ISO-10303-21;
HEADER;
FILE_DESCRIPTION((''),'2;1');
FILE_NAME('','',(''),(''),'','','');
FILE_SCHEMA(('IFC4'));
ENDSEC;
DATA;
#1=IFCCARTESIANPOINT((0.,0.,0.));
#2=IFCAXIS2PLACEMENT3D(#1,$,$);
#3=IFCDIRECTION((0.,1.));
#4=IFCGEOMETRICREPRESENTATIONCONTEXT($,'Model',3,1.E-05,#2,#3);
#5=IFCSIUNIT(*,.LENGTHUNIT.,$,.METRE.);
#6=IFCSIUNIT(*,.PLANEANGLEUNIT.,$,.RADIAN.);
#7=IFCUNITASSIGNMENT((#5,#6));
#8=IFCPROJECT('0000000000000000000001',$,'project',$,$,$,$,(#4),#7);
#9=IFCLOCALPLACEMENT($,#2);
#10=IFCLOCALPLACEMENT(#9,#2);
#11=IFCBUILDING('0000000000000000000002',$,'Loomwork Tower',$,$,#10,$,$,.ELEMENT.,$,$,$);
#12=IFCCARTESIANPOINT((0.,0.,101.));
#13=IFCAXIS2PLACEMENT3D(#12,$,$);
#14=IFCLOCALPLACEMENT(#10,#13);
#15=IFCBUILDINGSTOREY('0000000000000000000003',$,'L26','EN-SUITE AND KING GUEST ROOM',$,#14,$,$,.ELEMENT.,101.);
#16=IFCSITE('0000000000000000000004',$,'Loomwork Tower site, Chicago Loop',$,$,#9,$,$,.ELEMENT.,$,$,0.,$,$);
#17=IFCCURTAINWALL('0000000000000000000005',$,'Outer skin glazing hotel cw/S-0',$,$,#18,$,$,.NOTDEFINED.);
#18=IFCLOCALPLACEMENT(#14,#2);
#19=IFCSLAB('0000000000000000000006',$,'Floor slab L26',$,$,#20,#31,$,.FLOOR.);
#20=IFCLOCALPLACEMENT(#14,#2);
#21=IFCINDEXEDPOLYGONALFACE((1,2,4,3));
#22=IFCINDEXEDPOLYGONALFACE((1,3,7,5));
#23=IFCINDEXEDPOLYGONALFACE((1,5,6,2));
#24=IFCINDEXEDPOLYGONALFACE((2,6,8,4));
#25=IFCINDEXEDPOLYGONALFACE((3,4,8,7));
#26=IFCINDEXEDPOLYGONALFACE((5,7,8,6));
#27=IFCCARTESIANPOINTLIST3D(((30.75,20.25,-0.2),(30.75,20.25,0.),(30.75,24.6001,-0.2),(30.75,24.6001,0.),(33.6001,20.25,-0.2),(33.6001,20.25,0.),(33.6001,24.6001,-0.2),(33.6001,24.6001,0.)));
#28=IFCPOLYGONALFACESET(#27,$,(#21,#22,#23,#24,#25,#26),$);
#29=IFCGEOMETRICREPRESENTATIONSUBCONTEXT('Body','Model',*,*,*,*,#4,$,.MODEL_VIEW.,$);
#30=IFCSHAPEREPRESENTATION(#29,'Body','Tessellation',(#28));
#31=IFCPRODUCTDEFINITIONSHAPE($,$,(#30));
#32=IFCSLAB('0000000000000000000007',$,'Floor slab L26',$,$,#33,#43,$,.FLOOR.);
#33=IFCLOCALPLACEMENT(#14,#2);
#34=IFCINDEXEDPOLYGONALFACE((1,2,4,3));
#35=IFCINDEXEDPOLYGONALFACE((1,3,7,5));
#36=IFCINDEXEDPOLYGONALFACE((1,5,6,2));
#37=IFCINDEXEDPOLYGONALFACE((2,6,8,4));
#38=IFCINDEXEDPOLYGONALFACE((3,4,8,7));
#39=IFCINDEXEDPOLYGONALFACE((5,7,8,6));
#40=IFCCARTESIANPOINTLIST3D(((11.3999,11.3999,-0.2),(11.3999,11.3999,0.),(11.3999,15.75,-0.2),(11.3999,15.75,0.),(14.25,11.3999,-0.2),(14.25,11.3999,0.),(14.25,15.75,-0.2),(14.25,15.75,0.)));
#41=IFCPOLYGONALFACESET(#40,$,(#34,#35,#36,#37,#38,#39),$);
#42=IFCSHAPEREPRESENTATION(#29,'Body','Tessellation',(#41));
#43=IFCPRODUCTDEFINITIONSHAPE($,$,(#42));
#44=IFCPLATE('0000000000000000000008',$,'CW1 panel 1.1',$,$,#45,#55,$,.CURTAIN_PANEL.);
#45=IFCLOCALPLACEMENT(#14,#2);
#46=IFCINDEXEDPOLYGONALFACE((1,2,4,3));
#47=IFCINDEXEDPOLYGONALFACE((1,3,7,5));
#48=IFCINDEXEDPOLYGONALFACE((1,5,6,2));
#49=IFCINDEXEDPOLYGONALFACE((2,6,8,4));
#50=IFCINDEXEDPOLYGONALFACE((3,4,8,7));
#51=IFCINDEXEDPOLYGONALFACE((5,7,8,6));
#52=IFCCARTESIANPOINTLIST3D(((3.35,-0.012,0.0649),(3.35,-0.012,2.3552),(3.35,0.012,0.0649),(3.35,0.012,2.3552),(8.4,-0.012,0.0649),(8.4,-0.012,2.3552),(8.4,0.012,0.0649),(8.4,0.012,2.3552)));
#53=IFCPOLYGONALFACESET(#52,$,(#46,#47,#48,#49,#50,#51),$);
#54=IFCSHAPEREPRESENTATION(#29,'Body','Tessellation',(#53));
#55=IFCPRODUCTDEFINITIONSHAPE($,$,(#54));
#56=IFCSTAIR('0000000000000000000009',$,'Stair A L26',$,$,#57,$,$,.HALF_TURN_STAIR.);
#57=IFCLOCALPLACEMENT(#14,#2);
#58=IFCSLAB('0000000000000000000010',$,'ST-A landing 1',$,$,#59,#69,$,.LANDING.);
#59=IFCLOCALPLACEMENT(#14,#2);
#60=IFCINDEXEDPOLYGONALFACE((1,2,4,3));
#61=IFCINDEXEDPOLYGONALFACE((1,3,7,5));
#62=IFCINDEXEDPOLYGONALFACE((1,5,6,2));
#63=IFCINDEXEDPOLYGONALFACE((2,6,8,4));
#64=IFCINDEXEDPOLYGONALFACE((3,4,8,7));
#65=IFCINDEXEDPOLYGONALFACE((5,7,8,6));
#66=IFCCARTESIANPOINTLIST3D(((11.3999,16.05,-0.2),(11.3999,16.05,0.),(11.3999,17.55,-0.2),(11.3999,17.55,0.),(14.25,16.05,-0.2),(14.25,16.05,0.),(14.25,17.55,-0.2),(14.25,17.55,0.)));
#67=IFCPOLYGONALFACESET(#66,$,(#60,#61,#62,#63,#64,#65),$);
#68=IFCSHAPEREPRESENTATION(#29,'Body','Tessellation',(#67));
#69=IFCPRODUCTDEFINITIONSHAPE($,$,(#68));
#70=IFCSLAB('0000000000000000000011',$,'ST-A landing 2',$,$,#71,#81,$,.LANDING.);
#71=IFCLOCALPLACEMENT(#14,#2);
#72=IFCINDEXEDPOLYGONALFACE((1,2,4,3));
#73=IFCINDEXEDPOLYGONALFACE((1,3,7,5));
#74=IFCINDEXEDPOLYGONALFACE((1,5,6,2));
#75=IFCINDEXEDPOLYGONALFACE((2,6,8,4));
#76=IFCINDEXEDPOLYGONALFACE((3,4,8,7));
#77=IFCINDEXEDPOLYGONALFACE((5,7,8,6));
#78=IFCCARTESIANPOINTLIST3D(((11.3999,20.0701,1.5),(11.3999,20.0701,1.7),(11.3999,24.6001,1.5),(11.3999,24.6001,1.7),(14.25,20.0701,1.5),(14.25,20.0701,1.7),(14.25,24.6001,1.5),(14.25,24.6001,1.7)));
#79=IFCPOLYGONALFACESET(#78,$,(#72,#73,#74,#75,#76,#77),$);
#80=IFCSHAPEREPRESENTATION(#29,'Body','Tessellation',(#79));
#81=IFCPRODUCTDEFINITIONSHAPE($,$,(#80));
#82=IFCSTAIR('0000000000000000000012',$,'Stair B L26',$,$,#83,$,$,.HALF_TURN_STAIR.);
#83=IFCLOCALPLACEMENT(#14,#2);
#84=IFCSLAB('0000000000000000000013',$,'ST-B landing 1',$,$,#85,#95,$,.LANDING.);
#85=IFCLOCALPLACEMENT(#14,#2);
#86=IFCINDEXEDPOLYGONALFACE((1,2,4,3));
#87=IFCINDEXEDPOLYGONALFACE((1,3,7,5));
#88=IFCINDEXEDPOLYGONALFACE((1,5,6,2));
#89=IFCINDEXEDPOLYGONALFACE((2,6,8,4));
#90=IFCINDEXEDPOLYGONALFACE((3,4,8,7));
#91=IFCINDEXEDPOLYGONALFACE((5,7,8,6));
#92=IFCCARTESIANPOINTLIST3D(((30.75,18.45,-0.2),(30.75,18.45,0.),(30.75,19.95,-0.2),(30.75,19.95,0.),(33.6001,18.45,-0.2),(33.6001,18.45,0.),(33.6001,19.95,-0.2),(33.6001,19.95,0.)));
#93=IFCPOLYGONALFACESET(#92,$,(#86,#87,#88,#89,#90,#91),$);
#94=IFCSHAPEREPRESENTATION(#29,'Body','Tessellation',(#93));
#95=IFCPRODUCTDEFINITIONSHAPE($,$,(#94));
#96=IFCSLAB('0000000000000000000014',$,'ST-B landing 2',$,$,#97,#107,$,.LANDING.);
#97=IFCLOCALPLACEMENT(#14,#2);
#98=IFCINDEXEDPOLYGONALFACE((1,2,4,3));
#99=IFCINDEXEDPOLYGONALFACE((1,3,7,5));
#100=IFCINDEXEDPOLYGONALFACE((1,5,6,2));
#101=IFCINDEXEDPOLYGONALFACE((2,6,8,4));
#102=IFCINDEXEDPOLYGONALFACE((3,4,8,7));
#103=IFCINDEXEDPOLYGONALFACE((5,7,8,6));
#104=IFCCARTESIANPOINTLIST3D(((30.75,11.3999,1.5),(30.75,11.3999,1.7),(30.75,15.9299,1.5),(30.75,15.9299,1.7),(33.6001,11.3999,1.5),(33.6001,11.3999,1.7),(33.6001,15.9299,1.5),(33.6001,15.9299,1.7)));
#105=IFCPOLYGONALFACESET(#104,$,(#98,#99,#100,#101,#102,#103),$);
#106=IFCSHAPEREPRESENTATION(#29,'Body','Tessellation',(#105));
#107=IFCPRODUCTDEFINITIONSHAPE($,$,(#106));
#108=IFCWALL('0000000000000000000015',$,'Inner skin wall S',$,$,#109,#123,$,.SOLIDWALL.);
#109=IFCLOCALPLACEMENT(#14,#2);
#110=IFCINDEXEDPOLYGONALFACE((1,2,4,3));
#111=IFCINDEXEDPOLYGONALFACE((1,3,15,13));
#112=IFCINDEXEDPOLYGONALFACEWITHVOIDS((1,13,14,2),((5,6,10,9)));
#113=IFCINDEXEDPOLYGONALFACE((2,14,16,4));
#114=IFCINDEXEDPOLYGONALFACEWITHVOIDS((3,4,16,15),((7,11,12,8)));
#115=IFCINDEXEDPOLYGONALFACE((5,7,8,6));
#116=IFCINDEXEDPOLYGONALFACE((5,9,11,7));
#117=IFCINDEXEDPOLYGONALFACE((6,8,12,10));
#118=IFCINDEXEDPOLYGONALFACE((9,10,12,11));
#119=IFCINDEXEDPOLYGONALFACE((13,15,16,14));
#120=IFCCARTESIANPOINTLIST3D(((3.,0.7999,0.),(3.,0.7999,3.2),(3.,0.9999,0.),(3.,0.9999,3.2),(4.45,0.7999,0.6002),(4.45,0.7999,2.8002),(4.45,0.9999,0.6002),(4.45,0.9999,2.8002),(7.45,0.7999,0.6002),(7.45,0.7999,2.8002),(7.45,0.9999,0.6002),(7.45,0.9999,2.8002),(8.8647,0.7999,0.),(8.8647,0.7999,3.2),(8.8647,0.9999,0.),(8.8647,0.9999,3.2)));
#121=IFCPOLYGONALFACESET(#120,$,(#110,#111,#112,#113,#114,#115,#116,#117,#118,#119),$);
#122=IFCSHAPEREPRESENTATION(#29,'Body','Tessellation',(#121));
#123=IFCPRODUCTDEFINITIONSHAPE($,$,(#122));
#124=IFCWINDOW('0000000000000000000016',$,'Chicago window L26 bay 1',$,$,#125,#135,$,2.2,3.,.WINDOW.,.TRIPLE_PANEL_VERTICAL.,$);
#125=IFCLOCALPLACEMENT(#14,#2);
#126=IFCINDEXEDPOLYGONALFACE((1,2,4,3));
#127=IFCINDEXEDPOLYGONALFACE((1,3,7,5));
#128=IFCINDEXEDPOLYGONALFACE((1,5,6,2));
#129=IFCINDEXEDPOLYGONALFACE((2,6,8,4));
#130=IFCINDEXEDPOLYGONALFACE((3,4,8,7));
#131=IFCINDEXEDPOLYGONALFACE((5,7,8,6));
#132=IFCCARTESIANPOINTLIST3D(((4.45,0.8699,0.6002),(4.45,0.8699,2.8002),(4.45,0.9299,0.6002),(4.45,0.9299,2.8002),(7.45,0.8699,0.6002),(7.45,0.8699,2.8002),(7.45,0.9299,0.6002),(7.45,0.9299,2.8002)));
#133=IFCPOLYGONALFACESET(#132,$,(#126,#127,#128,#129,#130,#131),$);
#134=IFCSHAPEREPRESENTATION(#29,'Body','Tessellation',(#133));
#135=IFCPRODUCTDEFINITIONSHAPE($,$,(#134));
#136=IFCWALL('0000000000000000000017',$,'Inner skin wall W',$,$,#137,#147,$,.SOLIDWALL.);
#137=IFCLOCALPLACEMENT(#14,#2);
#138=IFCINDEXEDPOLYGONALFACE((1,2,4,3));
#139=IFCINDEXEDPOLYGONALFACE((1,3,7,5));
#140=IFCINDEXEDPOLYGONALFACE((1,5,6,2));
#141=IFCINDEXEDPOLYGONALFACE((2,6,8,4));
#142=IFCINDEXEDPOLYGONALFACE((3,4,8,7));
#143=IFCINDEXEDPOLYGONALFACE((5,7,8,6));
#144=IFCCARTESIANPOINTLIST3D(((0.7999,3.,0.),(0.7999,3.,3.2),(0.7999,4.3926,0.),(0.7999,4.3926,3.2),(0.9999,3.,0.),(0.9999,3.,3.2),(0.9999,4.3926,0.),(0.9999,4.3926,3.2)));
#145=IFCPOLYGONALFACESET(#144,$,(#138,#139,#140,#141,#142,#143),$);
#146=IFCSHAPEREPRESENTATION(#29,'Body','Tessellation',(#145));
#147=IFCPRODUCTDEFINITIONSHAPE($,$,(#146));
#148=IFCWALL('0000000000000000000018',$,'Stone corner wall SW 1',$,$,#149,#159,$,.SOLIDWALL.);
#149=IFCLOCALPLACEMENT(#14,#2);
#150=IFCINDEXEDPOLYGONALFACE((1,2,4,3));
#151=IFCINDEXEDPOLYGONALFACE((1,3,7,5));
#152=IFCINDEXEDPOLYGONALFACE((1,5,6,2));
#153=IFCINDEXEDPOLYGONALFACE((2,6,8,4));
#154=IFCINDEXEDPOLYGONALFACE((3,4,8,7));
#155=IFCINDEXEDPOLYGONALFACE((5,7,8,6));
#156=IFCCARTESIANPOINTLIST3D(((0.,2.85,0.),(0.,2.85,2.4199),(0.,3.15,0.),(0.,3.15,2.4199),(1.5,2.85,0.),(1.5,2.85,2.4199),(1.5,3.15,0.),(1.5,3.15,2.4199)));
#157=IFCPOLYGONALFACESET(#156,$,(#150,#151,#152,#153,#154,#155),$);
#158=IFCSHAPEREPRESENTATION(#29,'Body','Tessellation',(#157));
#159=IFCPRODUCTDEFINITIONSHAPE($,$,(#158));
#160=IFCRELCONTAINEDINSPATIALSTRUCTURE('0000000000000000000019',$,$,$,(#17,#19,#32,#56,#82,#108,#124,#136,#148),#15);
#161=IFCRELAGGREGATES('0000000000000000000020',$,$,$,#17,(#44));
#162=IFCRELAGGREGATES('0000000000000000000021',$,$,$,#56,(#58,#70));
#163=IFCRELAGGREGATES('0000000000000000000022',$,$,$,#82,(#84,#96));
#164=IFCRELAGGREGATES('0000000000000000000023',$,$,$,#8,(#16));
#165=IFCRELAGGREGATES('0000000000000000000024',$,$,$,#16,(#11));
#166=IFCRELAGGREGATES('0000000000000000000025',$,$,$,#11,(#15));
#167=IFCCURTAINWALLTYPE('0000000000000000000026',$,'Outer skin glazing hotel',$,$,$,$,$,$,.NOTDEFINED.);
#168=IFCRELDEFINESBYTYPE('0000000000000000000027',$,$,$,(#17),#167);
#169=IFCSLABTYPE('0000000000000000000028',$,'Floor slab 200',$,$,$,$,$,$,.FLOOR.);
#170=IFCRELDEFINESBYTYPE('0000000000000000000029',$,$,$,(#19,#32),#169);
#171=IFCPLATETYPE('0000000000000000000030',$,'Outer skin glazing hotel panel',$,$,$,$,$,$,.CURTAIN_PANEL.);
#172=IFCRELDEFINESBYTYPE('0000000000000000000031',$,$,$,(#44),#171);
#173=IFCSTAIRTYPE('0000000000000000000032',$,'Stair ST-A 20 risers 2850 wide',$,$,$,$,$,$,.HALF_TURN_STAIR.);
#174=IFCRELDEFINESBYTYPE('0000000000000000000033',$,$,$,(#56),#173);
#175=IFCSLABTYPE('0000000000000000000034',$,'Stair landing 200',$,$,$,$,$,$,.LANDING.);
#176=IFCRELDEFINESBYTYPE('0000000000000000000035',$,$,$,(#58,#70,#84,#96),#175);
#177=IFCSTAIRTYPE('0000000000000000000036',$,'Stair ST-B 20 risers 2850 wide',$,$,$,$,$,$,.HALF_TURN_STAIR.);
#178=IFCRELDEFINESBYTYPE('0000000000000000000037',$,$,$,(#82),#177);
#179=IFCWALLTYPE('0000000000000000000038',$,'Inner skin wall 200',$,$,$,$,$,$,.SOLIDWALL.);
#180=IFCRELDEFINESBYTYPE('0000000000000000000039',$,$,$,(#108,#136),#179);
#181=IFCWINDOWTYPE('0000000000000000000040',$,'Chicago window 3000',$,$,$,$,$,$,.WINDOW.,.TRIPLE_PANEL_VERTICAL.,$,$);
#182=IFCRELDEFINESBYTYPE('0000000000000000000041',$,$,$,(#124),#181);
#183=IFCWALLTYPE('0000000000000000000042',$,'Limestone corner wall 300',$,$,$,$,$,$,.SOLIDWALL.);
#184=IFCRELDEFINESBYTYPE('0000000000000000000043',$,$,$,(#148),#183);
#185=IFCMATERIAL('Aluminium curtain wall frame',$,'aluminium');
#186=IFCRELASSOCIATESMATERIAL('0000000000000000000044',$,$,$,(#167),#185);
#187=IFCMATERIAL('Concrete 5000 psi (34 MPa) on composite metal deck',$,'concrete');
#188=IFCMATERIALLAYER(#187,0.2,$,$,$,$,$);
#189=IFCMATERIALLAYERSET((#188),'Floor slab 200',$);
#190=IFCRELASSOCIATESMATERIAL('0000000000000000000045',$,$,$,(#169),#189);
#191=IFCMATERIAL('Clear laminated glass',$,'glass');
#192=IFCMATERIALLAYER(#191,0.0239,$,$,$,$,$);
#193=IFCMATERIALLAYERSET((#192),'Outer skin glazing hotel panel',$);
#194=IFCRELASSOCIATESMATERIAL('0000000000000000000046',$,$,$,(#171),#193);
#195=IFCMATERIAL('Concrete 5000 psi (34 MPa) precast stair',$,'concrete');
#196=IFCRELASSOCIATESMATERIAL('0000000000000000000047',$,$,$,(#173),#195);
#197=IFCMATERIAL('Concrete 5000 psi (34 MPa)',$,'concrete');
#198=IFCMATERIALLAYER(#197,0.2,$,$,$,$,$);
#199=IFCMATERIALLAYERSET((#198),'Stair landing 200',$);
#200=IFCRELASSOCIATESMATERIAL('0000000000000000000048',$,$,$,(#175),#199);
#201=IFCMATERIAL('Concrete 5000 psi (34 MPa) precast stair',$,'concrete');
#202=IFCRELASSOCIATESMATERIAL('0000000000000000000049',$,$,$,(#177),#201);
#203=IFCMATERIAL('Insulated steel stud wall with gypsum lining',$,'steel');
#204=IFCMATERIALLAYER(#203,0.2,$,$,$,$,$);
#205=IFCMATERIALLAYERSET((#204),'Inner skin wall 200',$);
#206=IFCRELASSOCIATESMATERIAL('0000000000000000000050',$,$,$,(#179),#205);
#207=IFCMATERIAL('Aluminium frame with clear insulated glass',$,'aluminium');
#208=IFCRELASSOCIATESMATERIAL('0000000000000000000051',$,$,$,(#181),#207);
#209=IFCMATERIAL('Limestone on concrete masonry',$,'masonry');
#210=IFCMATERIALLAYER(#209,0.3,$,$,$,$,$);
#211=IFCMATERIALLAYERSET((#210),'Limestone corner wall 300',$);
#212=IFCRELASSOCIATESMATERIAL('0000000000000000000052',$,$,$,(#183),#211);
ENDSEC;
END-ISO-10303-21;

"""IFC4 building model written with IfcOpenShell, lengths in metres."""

from ifc_helpers import new_model, si_unit, direction, frame, frame_2d, origin, origin_2d, place, context, subcontext, project, spatial, polyline, rectangle, outline, extrude, material, layer, layer_set, type_object, element, fill, aggregate, save


model = new_model("IFC4")

# Units and contexts
model_context = context("Model", 3, precision=1e-05, world=origin(), true_north=direction((0.0, 1.0)))
body_context = subcontext(model_context, "Body", "Model", "MODEL_VIEW")
ifc_project = project(units=[si_unit("LENGTHUNIT", "METRE"), si_unit("PLANEANGLEUNIT", "RADIAN")], contexts=[model_context])

# Site, building, storey
site_placement = place(None, origin())
site = spatial("IfcSite", under=ifc_project, at=site_placement, Name="Loomwork Tower site, Chicago Loop", CompositionType="ELEMENT", RefElevation=0.0)
building_placement = place(site_placement, origin())
building = spatial("IfcBuilding", under=site, at=building_placement, Name="Loomwork Tower", CompositionType="ELEMENT")
storey_placement = place(building_placement, frame((0.0, 0.0, 101.0)))
storey = spatial("IfcBuildingStorey", under=building, at=storey_placement, Name="L26", Description="EN-SUITE AND KING GUEST ROOM", CompositionType="ELEMENT", Elevation=101.0)

# Curtain wall
ifc_material_1 = material(Name="Aluminium curtain wall frame", Category="aluminium")
curtain_wall_type = type_object("IfcCurtainWallType", Name="Outer skin glazing hotel", PredefinedType="NOTDEFINED", material=ifc_material_1)
curtain_wall_1_placement = place(storey_placement, origin())
curtain_wall_1 = element("IfcCurtainWall", 1, at=curtain_wall_1_placement, inside=storey, type_object=curtain_wall_type, Name="Outer skin glazing hotel cw/S-0", PredefinedType="NOTDEFINED")

# Slabs
ifc_material_2 = material(Name="Concrete 5000 psi (34 MPa) on composite metal deck", Category="concrete")
ifc_layer_1 = layer(ifc_material_2, 0.2)
ifc_layer_set_1 = layer_set([ifc_layer_1], Name="Floor slab 200")
slab_type_1 = type_object("IfcSlabType", Name="Floor slab 200", PredefinedType="FLOOR", material=ifc_layer_set_1)
slab_1_placement = place(storey_placement, frame((0.0, 0.0, -0.2)))
element("IfcSlab", 2, at=slab_1_placement, inside=storey, type_object=slab_type_1, Name="Floor slab L26", PredefinedType="FLOOR", context=body_context, shape_type="SweptSolid", body=[
    extrude(outline(polyline([(33.6001, 20.25), (30.75, 20.25), (30.75, 24.6001), (33.6001, 24.6001), (33.6001, 20.25)])), origin(), (0.0, 0.0, 1.0), 0.2),
])
slab_2_placement = place(storey_placement, frame((0.0, 0.0, -0.2)))
element("IfcSlab", 3, at=slab_2_placement, inside=storey, type_object=slab_type_1, Name="Floor slab L26", PredefinedType="FLOOR", context=body_context, shape_type="SweptSolid", body=[
    extrude(outline(polyline([(14.25, 15.75), (14.25, 11.3999), (11.3999, 11.3999), (11.3999, 15.75), (14.25, 15.75)])), origin(), (0.0, 0.0, 1.0), 0.2),
])

# Plate
ifc_material_3 = material(Name="Clear laminated glass", Category="glass")
ifc_layer_2 = layer(ifc_material_3, 0.0239)
ifc_layer_set_2 = layer_set([ifc_layer_2], Name="Outer skin glazing hotel panel")
plate_type = type_object("IfcPlateType", Name="Outer skin glazing hotel panel", PredefinedType="CURTAIN_PANEL", material=ifc_layer_set_2)
plate_placement = place(storey_placement, frame((5.875, 0.0, 0.0649), z_axis=(0.0, 0.0, 1.0), x_axis=(1.0, 0.0, 0.0)))
plate = element("IfcPlate", 4, at=plate_placement, type_object=plate_type, Name="CW1 panel 1.1", PredefinedType="CURTAIN_PANEL", context=body_context, shape_type="SweptSolid", body=[
    extrude(rectangle(XDim=5.05, YDim=0.0239, at=origin_2d()), origin(), (0.0, 0.0, 1.0), 2.2903),
])
aggregate(curtain_wall_1, [plate])

# Stairs, slabs
ifc_material_4 = material(Name="Concrete 5000 psi (34 MPa) precast stair", Category="concrete")
stair_type_1 = type_object("IfcStairType", Name="Stair ST-A 20 risers 2850 wide", PredefinedType="HALF_TURN_STAIR", material=ifc_material_4)
stair_1_placement = place(storey_placement, origin())
stair_1 = element("IfcStair", 5, at=stair_1_placement, inside=storey, type_object=stair_type_1, Name="Stair A L26", PredefinedType="HALF_TURN_STAIR")
ifc_material_5 = material(Name="Concrete 5000 psi (34 MPa)", Category="concrete")
ifc_layer_3 = layer(ifc_material_5, 0.2)
ifc_layer_set_3 = layer_set([ifc_layer_3], Name="Stair landing 200")
slab_type_2 = type_object("IfcSlabType", Name="Stair landing 200", PredefinedType="LANDING", material=ifc_layer_set_3)
slab_3_placement = place(storey_placement, frame((0.0, 0.0, -0.2)))
slab_3 = element("IfcSlab", 6, at=slab_3_placement, type_object=slab_type_2, Name="ST-A landing 1", PredefinedType="LANDING", context=body_context, shape_type="SweptSolid", body=[
    extrude(outline(polyline([(11.3999, 16.05), (14.25, 16.05), (14.25, 17.55), (11.3999, 17.55), (11.3999, 16.05)])), origin(), (0.0, 0.0, 1.0), 0.2),
])
slab_4_placement = place(storey_placement, frame((0.0, 0.0, 1.5)))
slab_4 = element("IfcSlab", 7, at=slab_4_placement, type_object=slab_type_2, Name="ST-A landing 2", PredefinedType="LANDING", context=body_context, shape_type="SweptSolid", body=[
    extrude(outline(polyline([(11.3999, 20.0701), (14.25, 20.0701), (14.25, 24.6001), (11.3999, 24.6001), (11.3999, 20.0701)])), origin(), (0.0, 0.0, 1.0), 0.2),
])
aggregate(stair_1, [slab_3, slab_4])
ifc_material_6 = material(Name="Concrete 5000 psi (34 MPa) precast stair", Category="concrete")
stair_type_2 = type_object("IfcStairType", Name="Stair ST-B 20 risers 2850 wide", PredefinedType="HALF_TURN_STAIR", material=ifc_material_6)
stair_2_placement = place(storey_placement, origin())
stair_2 = element("IfcStair", 8, at=stair_2_placement, inside=storey, type_object=stair_type_2, Name="Stair B L26", PredefinedType="HALF_TURN_STAIR")
slab_5_placement = place(storey_placement, frame((0.0, 0.0, -0.2)))
slab_5 = element("IfcSlab", 9, at=slab_5_placement, type_object=slab_type_2, Name="ST-B landing 1", PredefinedType="LANDING", context=body_context, shape_type="SweptSolid", body=[
    extrude(outline(polyline([(30.75, 18.45), (33.6001, 18.45), (33.6001, 19.95), (30.75, 19.95), (30.75, 18.45)])), origin(), (0.0, 0.0, 1.0), 0.2),
])
slab_6_placement = place(storey_placement, frame((0.0, 0.0, 1.5)))
slab_6 = element("IfcSlab", 10, at=slab_6_placement, type_object=slab_type_2, Name="ST-B landing 2", PredefinedType="LANDING", context=body_context, shape_type="SweptSolid", body=[
    extrude(outline(polyline([(30.75, 11.3999), (33.6001, 11.3999), (33.6001, 15.9299), (30.75, 15.9299), (30.75, 11.3999)])), origin(), (0.0, 0.0, 1.0), 0.2),
])
aggregate(stair_2, [slab_5, slab_6])

# Wall, opening, window
ifc_material_7 = material(Name="Insulated steel stud wall with gypsum lining", Category="steel")
ifc_layer_4 = layer(ifc_material_7, 0.2)
ifc_layer_set_4 = layer_set([ifc_layer_4], Name="Inner skin wall 200")
wall_type_1 = type_object("IfcWallType", Name="Inner skin wall 200", PredefinedType="SOLIDWALL", material=ifc_layer_set_4)
wall_1_placement = place(storey_placement, frame((3.0, 0.8999, 0.0), z_axis=(0.0, 0.0, 1.0), x_axis=(1.0, 0.0, 0.0)))
wall_1 = element("IfcWall", 11, at=wall_1_placement, inside=storey, type_object=wall_type_1, Name="Inner skin wall S", PredefinedType="SOLIDWALL", context=body_context, shape_type="SweptSolid", body=[
    extrude(rectangle(XDim=5.8647, YDim=0.2, at=frame_2d((2.9324, 0.0))), origin(), (0.0, 0.0, 1.0), 3.2),
])
opening_1_placement = place(wall_1_placement, frame((1.45, 0.0, 0.6001)))
opening_1 = element("IfcOpeningElement", 12, at=opening_1_placement, cuts=wall_1, PredefinedType="OPENING", context=body_context, shape_type="SweptSolid", body=[
    extrude(rectangle(XDim=3.0, YDim=2.2, at=frame_2d((1.5, 1.1001))), frame((0.0, 0.1099, 0.0), z_axis=(0.0, -1.0, 0.0), x_axis=(1.0, 0.0, 0.0)), (0.0, 0.0, 1.0), 0.22),
])
ifc_material_8 = material(Name="Aluminium frame with clear insulated glass", Category="aluminium")
window_type_1 = type_object("IfcWindowType", Name="Chicago window 3000", PartitioningType="TRIPLE_PANEL_VERTICAL", PredefinedType="WINDOW", material=ifc_material_8)
window_1_placement = place(opening_1_placement, origin())
window_1 = element("IfcWindow", 13, at=window_1_placement, inside=storey, type_object=window_type_1, Name="Chicago window L26 bay 1", OverallHeight=2.2, OverallWidth=3.0, PartitioningType="TRIPLE_PANEL_VERTICAL", PredefinedType="WINDOW", context=body_context, shape_type="SweptSolid", body=[
    extrude(rectangle(XDim=3.0, YDim=2.2, at=frame_2d((1.5, 1.1001))), frame((0.0, 0.03, 0.0), z_axis=(0.0, -1.0, 0.0), x_axis=(1.0, 0.0, 0.0)), (0.0, 0.0, 1.0), 0.0601),
])
fill(opening_1, window_1)

# Walls
wall_2_placement = place(storey_placement, frame((0.8999, 3.0, 0.0), z_axis=(0.0, 0.0, 1.0), x_axis=(0.0, 1.0, 0.0)))
element("IfcWall", 14, at=wall_2_placement, inside=storey, type_object=wall_type_1, Name="Inner skin wall W", PredefinedType="SOLIDWALL", context=body_context, shape_type="SweptSolid", body=[
    extrude(rectangle(XDim=1.3926, YDim=0.2, at=frame_2d((0.6963, 0.0))), origin(), (0.0, 0.0, 1.0), 3.2),
])
ifc_material_9 = material(Name="Limestone on concrete masonry", Category="masonry")
ifc_layer_5 = layer(ifc_material_9, 0.3)
ifc_layer_set_5 = layer_set([ifc_layer_5], Name="Limestone corner wall 300")
wall_type_2 = type_object("IfcWallType", Name="Limestone corner wall 300", PredefinedType="SOLIDWALL", material=ifc_layer_set_5)
wall_3_placement = place(storey_placement, frame((0.0, 3.0, 0.0), z_axis=(0.0, 0.0, 1.0), x_axis=(1.0, 0.0, 0.0)))
element("IfcWall", 15, at=wall_3_placement, inside=storey, type_object=wall_type_2, Name="Stone corner wall SW 1", PredefinedType="SOLIDWALL", context=body_context, shape_type="SweptSolid", body=[
    extrude(rectangle(XDim=1.5, YDim=0.3, at=frame_2d((0.75, 0.0))), origin(), (0.0, 0.0, 1.0), 2.4199),
])

save(model, "model.ifc")
